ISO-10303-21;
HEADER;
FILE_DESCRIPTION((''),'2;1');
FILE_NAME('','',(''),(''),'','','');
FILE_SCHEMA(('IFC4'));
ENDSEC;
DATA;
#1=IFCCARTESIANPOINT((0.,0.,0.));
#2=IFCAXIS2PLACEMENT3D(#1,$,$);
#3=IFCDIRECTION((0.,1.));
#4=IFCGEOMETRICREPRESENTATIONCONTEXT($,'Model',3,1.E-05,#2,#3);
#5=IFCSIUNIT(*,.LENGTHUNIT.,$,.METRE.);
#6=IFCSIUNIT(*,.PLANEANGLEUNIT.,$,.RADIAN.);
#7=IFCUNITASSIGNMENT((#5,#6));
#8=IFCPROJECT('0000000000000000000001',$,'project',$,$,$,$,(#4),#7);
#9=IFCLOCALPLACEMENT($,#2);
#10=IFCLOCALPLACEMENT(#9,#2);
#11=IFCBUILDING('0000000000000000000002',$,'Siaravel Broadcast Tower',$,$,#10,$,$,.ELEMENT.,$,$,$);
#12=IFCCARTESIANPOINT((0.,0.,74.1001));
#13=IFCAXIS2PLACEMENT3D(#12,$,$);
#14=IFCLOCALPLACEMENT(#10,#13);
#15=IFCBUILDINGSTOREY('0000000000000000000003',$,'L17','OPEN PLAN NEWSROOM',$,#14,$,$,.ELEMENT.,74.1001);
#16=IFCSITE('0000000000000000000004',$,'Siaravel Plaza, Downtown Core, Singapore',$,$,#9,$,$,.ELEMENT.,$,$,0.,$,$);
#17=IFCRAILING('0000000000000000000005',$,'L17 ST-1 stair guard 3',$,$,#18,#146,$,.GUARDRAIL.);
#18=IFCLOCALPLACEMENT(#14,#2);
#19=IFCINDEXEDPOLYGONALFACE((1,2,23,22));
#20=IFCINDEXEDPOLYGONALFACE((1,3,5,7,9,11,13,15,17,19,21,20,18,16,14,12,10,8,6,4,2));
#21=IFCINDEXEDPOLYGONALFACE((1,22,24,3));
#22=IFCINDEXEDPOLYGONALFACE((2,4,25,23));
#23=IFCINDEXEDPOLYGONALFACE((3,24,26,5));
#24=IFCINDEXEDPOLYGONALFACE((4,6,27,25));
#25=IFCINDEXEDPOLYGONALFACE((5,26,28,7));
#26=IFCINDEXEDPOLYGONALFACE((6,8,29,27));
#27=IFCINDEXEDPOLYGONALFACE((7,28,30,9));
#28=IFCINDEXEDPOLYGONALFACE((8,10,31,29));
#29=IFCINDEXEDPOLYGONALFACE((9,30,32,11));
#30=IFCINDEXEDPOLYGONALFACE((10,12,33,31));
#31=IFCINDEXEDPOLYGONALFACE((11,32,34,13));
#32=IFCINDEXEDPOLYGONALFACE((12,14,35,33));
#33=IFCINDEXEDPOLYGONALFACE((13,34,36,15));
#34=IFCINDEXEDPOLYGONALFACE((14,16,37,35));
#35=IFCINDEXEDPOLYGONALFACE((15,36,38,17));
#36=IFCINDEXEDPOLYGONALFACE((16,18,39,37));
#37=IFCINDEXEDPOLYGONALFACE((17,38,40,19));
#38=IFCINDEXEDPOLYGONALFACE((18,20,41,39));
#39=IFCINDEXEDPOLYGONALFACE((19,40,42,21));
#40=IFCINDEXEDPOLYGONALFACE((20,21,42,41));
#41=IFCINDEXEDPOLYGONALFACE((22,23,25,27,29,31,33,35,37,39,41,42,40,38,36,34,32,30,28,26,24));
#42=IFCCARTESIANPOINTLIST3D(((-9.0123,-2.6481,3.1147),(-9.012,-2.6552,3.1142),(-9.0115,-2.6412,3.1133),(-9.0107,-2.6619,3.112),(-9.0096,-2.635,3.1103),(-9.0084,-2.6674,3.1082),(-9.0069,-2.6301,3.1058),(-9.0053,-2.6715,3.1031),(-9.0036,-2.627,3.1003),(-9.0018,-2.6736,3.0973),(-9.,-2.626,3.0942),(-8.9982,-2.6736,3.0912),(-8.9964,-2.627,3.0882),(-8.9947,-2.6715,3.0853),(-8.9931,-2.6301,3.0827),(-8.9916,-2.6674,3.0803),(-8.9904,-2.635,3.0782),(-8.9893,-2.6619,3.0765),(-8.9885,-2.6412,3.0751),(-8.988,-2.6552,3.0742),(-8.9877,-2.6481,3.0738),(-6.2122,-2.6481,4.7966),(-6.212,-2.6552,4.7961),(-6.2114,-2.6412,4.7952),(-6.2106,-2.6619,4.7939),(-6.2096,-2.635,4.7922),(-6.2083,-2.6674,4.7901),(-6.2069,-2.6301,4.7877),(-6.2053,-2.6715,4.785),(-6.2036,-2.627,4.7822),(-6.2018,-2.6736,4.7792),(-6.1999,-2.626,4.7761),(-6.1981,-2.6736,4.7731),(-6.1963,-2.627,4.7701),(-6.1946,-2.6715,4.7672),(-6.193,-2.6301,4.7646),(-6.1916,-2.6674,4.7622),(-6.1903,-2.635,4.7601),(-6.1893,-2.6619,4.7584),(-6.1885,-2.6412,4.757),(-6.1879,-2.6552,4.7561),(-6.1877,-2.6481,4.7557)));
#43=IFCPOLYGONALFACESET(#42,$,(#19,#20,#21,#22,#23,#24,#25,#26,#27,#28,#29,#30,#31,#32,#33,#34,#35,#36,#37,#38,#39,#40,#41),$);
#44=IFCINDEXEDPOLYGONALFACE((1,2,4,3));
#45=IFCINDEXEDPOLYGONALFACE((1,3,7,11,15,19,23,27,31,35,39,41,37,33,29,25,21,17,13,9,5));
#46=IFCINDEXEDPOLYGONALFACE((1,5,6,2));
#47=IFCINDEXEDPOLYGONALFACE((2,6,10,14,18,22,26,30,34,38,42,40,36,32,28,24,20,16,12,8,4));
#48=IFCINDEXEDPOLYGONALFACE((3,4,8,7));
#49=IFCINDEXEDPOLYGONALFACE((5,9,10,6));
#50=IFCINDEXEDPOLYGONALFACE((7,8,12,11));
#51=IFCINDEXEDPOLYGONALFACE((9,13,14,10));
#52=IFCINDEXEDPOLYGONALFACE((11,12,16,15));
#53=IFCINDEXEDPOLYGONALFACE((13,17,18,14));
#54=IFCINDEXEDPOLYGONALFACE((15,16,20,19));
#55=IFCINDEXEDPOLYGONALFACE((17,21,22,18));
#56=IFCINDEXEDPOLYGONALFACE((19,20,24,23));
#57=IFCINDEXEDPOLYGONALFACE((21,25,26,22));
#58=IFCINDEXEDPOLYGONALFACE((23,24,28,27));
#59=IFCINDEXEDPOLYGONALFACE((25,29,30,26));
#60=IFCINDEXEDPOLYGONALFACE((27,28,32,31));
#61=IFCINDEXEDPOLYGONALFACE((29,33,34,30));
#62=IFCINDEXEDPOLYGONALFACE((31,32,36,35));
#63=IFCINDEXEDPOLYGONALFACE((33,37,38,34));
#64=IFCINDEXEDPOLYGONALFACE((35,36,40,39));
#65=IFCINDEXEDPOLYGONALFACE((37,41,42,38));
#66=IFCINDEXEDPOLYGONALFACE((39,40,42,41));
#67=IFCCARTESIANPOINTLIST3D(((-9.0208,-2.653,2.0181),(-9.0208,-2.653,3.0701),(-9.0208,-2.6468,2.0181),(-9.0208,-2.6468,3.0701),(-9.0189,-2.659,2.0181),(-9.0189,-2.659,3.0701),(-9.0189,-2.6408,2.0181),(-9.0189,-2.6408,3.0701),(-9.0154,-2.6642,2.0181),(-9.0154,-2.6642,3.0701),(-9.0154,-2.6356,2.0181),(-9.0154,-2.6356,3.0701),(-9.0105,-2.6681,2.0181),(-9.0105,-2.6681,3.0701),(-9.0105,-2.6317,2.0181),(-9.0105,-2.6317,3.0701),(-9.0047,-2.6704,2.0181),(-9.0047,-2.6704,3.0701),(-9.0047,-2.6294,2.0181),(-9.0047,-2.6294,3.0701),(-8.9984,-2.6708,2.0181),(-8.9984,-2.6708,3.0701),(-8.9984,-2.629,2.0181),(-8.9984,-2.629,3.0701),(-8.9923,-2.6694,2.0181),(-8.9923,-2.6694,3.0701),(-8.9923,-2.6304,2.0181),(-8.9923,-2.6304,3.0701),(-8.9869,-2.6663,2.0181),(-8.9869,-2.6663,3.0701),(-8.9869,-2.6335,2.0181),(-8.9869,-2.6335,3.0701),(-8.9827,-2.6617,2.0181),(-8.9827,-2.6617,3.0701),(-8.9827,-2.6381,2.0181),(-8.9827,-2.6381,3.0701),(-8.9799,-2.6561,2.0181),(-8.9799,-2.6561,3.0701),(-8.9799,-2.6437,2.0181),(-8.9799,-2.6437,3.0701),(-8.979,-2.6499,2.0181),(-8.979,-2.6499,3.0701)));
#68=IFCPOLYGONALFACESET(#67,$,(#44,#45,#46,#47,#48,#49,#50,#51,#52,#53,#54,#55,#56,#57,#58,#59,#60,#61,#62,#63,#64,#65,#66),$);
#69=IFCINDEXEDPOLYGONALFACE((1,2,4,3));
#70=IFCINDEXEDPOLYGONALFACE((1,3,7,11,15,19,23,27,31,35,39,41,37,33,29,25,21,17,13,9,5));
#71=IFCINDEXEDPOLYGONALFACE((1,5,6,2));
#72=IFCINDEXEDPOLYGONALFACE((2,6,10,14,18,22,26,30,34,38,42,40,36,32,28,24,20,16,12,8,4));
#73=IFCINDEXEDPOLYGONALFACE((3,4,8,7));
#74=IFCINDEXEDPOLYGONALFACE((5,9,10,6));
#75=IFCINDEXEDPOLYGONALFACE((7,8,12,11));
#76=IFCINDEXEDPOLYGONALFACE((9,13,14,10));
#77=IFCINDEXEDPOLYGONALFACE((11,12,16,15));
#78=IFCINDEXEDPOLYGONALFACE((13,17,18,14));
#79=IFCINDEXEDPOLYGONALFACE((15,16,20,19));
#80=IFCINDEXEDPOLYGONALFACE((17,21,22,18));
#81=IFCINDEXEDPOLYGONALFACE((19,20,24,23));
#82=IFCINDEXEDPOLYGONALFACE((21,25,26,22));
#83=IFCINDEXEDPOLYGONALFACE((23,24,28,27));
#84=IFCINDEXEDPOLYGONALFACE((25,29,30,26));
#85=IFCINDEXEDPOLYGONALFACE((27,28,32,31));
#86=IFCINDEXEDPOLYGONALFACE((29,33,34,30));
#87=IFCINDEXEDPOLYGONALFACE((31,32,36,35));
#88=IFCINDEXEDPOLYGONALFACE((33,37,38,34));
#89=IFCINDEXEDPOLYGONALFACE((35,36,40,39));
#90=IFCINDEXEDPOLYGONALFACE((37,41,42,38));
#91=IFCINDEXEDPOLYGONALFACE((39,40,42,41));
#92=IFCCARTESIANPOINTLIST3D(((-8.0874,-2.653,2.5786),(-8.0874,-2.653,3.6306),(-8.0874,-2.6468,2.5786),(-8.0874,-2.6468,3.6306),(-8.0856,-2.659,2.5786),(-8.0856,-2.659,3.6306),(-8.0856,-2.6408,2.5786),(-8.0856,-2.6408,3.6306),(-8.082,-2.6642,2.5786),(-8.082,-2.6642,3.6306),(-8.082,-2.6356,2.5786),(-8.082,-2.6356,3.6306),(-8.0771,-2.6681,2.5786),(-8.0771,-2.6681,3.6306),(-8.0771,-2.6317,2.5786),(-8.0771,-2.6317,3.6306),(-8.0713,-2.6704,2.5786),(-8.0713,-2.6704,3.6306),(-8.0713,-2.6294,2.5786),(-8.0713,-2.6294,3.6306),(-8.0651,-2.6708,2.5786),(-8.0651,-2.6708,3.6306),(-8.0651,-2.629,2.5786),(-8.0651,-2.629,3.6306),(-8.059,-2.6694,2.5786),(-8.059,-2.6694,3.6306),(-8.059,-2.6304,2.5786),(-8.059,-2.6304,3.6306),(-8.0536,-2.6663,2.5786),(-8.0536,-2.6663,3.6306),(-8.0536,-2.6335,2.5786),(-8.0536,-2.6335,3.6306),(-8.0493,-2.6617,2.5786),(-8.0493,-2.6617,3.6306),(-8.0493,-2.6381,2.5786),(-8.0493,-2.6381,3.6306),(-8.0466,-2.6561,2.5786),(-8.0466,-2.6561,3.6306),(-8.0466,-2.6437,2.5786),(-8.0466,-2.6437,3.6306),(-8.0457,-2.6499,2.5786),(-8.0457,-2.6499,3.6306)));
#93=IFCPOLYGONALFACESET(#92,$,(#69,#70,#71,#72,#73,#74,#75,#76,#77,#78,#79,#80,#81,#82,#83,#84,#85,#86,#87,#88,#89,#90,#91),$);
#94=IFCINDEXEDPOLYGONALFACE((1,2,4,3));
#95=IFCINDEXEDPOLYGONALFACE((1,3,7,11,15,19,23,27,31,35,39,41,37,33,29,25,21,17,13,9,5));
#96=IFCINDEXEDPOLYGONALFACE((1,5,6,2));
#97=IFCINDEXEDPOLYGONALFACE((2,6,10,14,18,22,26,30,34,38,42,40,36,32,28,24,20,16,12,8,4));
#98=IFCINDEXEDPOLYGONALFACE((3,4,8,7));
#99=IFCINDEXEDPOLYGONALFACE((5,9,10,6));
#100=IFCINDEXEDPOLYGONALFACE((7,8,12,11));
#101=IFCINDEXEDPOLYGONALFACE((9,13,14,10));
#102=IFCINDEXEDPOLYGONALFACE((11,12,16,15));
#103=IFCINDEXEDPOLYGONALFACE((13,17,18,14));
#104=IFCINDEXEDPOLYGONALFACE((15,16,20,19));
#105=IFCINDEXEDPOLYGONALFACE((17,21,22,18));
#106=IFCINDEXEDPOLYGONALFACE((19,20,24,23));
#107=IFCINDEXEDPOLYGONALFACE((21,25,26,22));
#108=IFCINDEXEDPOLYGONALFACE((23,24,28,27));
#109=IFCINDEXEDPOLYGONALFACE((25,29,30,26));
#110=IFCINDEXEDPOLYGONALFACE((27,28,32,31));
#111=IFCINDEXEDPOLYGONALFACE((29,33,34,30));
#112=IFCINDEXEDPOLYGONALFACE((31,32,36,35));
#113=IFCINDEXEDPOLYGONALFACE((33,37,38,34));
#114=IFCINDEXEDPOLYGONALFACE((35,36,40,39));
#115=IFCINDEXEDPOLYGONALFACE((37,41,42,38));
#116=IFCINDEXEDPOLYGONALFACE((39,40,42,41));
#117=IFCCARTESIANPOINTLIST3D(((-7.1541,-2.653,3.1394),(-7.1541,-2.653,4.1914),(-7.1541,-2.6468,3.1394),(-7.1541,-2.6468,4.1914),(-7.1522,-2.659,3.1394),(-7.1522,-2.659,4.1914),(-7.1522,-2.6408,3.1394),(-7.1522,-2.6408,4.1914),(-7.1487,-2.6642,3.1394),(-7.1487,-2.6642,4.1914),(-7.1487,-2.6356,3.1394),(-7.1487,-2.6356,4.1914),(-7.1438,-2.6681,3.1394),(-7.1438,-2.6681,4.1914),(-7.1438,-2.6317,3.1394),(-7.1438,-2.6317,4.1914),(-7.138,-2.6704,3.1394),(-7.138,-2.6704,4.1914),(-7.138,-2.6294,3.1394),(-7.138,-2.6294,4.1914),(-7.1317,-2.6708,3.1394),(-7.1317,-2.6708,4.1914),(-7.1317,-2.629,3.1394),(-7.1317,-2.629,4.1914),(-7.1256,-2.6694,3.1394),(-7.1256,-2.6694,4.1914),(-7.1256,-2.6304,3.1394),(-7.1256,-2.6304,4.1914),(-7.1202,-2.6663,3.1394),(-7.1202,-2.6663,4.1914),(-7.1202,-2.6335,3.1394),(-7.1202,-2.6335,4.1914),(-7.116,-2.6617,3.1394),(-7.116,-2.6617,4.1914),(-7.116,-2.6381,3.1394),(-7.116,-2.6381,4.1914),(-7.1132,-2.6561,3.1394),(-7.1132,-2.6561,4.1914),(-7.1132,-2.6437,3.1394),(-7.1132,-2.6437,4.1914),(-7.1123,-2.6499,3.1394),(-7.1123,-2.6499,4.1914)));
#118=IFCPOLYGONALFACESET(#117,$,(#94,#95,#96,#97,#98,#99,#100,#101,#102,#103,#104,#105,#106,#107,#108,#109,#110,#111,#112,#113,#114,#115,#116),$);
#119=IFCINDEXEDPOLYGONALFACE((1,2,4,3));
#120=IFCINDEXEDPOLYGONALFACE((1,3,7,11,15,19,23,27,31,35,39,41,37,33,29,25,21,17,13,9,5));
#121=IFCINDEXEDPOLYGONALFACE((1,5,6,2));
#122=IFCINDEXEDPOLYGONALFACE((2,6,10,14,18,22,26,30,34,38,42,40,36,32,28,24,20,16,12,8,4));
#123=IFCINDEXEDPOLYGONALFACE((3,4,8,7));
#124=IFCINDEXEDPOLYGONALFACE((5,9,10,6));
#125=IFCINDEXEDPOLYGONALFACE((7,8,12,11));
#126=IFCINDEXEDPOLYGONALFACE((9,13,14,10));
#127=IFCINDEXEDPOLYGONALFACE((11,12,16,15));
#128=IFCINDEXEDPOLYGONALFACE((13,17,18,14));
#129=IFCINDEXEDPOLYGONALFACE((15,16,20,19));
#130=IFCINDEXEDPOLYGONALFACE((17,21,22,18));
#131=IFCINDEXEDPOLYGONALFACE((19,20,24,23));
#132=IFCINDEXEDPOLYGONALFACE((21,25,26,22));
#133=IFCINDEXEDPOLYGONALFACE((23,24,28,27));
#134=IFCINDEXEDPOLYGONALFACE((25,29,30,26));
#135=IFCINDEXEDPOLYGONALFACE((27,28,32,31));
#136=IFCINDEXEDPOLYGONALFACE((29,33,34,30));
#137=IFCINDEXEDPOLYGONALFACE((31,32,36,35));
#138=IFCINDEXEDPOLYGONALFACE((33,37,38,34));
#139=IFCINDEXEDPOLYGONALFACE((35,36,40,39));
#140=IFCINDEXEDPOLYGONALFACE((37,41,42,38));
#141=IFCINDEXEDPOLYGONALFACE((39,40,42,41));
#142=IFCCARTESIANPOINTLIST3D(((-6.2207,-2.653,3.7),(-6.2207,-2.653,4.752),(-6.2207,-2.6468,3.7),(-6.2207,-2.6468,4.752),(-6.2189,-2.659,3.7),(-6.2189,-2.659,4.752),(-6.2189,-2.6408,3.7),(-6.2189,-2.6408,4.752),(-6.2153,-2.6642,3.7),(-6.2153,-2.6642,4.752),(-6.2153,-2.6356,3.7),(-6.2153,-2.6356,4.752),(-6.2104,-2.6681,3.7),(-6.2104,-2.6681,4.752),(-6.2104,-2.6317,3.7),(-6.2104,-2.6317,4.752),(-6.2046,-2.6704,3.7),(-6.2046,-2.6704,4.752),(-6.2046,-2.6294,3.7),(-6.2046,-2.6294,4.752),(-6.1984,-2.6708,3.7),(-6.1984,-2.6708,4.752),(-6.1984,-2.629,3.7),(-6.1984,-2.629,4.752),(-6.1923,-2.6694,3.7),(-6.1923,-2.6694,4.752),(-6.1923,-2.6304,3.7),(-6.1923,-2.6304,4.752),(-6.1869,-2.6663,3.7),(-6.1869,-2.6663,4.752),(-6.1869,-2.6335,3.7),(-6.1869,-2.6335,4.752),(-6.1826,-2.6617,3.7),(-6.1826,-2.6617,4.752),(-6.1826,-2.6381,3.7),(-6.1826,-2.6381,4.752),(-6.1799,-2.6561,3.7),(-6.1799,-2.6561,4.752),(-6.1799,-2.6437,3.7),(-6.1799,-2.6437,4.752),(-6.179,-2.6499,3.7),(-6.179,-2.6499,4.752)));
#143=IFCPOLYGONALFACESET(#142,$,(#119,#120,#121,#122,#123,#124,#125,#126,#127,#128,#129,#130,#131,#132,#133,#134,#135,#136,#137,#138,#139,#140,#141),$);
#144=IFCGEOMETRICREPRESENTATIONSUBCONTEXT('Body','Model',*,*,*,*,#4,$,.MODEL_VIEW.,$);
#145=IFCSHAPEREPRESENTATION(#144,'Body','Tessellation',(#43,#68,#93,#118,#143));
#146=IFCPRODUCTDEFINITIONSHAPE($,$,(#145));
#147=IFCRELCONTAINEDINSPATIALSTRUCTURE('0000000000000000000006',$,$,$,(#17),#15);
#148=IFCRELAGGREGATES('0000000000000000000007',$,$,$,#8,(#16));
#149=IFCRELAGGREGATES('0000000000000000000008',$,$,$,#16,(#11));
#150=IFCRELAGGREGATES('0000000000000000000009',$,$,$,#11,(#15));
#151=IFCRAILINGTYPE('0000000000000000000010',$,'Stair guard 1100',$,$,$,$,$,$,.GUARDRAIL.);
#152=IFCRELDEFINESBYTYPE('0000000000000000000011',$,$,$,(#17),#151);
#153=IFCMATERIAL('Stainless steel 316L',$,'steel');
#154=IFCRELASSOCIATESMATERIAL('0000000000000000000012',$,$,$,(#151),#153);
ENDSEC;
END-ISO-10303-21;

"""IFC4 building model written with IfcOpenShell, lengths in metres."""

from ifc_helpers import new_model, si_unit, direction, frame, origin, origin_2d, place, context, subcontext, project, spatial, circle, extrude, material, type_object, element, save


model = new_model("IFC4")

# Units and contexts
model_context = context("Model", 3, precision=1e-05, world=origin(), true_north=direction((0.0, 1.0)))
body_context = subcontext(model_context, "Body", "Model", "MODEL_VIEW")
ifc_project = project(units=[si_unit("LENGTHUNIT", "METRE"), si_unit("PLANEANGLEUNIT", "RADIAN")], contexts=[model_context])

# Site, building, storey
site_placement = place(None, origin())
site = spatial("IfcSite", under=ifc_project, at=site_placement, Name="Siaravel Plaza, Downtown Core, Singapore", CompositionType="ELEMENT", RefElevation=0.0)
building_placement = place(site_placement, origin())
building = spatial("IfcBuilding", under=site, at=building_placement, Name="Siaravel Broadcast Tower", CompositionType="ELEMENT")
storey_placement = place(building_placement, frame((0.0, 0.0, 74.1001)))
storey = spatial("IfcBuildingStorey", under=building, at=storey_placement, Name="L17", Description="OPEN PLAN NEWSROOM", CompositionType="ELEMENT", Elevation=74.1001)

# Railing
ifc_material_1 = material(Name="Stainless steel 316L", Category="steel")
railing_type_1 = type_object("IfcRailingType", Name="Stair guard 1100", PredefinedType="GUARDRAIL", material=ifc_material_1)
railing_1_placement = place(storey_placement, frame((-9.0, -2.6499, 2.0181)))
element("IfcRailing", 1, at=railing_1_placement, inside=storey, type_object=railing_type_1, Name="L17 ST-1 stair guard 3", PredefinedType="GUARDRAIL", context=body_context, shape_type="SweptSolid", body=[
    extrude(circle(Radius=0.0239, at=origin_2d()), frame((0.0, 0.0, 1.0762), z_axis=(0.857242, 0.0, 0.514913), x_axis=(0.0, 1.0, 0.0)), (0.0, 0.0, 1.0), 3.2664),
    extrude(circle(Radius=0.021, at=origin_2d()), origin(), (0.0, 0.0, 1.0), 1.052),
    extrude(circle(Radius=0.021, at=origin_2d()), frame((0.9333, 0.0, 0.5605)), (0.0, 0.0, 1.0), 1.052),
    extrude(circle(Radius=0.021, at=origin_2d()), frame((1.8667, 0.0, 1.1213)), (0.0, 0.0, 1.0), 1.052),
    extrude(circle(Radius=0.021, at=origin_2d()), frame((2.8, 0.0, 1.6819)), (0.0, 0.0, 1.0), 1.052),
])

save(model, "model.ifc")
